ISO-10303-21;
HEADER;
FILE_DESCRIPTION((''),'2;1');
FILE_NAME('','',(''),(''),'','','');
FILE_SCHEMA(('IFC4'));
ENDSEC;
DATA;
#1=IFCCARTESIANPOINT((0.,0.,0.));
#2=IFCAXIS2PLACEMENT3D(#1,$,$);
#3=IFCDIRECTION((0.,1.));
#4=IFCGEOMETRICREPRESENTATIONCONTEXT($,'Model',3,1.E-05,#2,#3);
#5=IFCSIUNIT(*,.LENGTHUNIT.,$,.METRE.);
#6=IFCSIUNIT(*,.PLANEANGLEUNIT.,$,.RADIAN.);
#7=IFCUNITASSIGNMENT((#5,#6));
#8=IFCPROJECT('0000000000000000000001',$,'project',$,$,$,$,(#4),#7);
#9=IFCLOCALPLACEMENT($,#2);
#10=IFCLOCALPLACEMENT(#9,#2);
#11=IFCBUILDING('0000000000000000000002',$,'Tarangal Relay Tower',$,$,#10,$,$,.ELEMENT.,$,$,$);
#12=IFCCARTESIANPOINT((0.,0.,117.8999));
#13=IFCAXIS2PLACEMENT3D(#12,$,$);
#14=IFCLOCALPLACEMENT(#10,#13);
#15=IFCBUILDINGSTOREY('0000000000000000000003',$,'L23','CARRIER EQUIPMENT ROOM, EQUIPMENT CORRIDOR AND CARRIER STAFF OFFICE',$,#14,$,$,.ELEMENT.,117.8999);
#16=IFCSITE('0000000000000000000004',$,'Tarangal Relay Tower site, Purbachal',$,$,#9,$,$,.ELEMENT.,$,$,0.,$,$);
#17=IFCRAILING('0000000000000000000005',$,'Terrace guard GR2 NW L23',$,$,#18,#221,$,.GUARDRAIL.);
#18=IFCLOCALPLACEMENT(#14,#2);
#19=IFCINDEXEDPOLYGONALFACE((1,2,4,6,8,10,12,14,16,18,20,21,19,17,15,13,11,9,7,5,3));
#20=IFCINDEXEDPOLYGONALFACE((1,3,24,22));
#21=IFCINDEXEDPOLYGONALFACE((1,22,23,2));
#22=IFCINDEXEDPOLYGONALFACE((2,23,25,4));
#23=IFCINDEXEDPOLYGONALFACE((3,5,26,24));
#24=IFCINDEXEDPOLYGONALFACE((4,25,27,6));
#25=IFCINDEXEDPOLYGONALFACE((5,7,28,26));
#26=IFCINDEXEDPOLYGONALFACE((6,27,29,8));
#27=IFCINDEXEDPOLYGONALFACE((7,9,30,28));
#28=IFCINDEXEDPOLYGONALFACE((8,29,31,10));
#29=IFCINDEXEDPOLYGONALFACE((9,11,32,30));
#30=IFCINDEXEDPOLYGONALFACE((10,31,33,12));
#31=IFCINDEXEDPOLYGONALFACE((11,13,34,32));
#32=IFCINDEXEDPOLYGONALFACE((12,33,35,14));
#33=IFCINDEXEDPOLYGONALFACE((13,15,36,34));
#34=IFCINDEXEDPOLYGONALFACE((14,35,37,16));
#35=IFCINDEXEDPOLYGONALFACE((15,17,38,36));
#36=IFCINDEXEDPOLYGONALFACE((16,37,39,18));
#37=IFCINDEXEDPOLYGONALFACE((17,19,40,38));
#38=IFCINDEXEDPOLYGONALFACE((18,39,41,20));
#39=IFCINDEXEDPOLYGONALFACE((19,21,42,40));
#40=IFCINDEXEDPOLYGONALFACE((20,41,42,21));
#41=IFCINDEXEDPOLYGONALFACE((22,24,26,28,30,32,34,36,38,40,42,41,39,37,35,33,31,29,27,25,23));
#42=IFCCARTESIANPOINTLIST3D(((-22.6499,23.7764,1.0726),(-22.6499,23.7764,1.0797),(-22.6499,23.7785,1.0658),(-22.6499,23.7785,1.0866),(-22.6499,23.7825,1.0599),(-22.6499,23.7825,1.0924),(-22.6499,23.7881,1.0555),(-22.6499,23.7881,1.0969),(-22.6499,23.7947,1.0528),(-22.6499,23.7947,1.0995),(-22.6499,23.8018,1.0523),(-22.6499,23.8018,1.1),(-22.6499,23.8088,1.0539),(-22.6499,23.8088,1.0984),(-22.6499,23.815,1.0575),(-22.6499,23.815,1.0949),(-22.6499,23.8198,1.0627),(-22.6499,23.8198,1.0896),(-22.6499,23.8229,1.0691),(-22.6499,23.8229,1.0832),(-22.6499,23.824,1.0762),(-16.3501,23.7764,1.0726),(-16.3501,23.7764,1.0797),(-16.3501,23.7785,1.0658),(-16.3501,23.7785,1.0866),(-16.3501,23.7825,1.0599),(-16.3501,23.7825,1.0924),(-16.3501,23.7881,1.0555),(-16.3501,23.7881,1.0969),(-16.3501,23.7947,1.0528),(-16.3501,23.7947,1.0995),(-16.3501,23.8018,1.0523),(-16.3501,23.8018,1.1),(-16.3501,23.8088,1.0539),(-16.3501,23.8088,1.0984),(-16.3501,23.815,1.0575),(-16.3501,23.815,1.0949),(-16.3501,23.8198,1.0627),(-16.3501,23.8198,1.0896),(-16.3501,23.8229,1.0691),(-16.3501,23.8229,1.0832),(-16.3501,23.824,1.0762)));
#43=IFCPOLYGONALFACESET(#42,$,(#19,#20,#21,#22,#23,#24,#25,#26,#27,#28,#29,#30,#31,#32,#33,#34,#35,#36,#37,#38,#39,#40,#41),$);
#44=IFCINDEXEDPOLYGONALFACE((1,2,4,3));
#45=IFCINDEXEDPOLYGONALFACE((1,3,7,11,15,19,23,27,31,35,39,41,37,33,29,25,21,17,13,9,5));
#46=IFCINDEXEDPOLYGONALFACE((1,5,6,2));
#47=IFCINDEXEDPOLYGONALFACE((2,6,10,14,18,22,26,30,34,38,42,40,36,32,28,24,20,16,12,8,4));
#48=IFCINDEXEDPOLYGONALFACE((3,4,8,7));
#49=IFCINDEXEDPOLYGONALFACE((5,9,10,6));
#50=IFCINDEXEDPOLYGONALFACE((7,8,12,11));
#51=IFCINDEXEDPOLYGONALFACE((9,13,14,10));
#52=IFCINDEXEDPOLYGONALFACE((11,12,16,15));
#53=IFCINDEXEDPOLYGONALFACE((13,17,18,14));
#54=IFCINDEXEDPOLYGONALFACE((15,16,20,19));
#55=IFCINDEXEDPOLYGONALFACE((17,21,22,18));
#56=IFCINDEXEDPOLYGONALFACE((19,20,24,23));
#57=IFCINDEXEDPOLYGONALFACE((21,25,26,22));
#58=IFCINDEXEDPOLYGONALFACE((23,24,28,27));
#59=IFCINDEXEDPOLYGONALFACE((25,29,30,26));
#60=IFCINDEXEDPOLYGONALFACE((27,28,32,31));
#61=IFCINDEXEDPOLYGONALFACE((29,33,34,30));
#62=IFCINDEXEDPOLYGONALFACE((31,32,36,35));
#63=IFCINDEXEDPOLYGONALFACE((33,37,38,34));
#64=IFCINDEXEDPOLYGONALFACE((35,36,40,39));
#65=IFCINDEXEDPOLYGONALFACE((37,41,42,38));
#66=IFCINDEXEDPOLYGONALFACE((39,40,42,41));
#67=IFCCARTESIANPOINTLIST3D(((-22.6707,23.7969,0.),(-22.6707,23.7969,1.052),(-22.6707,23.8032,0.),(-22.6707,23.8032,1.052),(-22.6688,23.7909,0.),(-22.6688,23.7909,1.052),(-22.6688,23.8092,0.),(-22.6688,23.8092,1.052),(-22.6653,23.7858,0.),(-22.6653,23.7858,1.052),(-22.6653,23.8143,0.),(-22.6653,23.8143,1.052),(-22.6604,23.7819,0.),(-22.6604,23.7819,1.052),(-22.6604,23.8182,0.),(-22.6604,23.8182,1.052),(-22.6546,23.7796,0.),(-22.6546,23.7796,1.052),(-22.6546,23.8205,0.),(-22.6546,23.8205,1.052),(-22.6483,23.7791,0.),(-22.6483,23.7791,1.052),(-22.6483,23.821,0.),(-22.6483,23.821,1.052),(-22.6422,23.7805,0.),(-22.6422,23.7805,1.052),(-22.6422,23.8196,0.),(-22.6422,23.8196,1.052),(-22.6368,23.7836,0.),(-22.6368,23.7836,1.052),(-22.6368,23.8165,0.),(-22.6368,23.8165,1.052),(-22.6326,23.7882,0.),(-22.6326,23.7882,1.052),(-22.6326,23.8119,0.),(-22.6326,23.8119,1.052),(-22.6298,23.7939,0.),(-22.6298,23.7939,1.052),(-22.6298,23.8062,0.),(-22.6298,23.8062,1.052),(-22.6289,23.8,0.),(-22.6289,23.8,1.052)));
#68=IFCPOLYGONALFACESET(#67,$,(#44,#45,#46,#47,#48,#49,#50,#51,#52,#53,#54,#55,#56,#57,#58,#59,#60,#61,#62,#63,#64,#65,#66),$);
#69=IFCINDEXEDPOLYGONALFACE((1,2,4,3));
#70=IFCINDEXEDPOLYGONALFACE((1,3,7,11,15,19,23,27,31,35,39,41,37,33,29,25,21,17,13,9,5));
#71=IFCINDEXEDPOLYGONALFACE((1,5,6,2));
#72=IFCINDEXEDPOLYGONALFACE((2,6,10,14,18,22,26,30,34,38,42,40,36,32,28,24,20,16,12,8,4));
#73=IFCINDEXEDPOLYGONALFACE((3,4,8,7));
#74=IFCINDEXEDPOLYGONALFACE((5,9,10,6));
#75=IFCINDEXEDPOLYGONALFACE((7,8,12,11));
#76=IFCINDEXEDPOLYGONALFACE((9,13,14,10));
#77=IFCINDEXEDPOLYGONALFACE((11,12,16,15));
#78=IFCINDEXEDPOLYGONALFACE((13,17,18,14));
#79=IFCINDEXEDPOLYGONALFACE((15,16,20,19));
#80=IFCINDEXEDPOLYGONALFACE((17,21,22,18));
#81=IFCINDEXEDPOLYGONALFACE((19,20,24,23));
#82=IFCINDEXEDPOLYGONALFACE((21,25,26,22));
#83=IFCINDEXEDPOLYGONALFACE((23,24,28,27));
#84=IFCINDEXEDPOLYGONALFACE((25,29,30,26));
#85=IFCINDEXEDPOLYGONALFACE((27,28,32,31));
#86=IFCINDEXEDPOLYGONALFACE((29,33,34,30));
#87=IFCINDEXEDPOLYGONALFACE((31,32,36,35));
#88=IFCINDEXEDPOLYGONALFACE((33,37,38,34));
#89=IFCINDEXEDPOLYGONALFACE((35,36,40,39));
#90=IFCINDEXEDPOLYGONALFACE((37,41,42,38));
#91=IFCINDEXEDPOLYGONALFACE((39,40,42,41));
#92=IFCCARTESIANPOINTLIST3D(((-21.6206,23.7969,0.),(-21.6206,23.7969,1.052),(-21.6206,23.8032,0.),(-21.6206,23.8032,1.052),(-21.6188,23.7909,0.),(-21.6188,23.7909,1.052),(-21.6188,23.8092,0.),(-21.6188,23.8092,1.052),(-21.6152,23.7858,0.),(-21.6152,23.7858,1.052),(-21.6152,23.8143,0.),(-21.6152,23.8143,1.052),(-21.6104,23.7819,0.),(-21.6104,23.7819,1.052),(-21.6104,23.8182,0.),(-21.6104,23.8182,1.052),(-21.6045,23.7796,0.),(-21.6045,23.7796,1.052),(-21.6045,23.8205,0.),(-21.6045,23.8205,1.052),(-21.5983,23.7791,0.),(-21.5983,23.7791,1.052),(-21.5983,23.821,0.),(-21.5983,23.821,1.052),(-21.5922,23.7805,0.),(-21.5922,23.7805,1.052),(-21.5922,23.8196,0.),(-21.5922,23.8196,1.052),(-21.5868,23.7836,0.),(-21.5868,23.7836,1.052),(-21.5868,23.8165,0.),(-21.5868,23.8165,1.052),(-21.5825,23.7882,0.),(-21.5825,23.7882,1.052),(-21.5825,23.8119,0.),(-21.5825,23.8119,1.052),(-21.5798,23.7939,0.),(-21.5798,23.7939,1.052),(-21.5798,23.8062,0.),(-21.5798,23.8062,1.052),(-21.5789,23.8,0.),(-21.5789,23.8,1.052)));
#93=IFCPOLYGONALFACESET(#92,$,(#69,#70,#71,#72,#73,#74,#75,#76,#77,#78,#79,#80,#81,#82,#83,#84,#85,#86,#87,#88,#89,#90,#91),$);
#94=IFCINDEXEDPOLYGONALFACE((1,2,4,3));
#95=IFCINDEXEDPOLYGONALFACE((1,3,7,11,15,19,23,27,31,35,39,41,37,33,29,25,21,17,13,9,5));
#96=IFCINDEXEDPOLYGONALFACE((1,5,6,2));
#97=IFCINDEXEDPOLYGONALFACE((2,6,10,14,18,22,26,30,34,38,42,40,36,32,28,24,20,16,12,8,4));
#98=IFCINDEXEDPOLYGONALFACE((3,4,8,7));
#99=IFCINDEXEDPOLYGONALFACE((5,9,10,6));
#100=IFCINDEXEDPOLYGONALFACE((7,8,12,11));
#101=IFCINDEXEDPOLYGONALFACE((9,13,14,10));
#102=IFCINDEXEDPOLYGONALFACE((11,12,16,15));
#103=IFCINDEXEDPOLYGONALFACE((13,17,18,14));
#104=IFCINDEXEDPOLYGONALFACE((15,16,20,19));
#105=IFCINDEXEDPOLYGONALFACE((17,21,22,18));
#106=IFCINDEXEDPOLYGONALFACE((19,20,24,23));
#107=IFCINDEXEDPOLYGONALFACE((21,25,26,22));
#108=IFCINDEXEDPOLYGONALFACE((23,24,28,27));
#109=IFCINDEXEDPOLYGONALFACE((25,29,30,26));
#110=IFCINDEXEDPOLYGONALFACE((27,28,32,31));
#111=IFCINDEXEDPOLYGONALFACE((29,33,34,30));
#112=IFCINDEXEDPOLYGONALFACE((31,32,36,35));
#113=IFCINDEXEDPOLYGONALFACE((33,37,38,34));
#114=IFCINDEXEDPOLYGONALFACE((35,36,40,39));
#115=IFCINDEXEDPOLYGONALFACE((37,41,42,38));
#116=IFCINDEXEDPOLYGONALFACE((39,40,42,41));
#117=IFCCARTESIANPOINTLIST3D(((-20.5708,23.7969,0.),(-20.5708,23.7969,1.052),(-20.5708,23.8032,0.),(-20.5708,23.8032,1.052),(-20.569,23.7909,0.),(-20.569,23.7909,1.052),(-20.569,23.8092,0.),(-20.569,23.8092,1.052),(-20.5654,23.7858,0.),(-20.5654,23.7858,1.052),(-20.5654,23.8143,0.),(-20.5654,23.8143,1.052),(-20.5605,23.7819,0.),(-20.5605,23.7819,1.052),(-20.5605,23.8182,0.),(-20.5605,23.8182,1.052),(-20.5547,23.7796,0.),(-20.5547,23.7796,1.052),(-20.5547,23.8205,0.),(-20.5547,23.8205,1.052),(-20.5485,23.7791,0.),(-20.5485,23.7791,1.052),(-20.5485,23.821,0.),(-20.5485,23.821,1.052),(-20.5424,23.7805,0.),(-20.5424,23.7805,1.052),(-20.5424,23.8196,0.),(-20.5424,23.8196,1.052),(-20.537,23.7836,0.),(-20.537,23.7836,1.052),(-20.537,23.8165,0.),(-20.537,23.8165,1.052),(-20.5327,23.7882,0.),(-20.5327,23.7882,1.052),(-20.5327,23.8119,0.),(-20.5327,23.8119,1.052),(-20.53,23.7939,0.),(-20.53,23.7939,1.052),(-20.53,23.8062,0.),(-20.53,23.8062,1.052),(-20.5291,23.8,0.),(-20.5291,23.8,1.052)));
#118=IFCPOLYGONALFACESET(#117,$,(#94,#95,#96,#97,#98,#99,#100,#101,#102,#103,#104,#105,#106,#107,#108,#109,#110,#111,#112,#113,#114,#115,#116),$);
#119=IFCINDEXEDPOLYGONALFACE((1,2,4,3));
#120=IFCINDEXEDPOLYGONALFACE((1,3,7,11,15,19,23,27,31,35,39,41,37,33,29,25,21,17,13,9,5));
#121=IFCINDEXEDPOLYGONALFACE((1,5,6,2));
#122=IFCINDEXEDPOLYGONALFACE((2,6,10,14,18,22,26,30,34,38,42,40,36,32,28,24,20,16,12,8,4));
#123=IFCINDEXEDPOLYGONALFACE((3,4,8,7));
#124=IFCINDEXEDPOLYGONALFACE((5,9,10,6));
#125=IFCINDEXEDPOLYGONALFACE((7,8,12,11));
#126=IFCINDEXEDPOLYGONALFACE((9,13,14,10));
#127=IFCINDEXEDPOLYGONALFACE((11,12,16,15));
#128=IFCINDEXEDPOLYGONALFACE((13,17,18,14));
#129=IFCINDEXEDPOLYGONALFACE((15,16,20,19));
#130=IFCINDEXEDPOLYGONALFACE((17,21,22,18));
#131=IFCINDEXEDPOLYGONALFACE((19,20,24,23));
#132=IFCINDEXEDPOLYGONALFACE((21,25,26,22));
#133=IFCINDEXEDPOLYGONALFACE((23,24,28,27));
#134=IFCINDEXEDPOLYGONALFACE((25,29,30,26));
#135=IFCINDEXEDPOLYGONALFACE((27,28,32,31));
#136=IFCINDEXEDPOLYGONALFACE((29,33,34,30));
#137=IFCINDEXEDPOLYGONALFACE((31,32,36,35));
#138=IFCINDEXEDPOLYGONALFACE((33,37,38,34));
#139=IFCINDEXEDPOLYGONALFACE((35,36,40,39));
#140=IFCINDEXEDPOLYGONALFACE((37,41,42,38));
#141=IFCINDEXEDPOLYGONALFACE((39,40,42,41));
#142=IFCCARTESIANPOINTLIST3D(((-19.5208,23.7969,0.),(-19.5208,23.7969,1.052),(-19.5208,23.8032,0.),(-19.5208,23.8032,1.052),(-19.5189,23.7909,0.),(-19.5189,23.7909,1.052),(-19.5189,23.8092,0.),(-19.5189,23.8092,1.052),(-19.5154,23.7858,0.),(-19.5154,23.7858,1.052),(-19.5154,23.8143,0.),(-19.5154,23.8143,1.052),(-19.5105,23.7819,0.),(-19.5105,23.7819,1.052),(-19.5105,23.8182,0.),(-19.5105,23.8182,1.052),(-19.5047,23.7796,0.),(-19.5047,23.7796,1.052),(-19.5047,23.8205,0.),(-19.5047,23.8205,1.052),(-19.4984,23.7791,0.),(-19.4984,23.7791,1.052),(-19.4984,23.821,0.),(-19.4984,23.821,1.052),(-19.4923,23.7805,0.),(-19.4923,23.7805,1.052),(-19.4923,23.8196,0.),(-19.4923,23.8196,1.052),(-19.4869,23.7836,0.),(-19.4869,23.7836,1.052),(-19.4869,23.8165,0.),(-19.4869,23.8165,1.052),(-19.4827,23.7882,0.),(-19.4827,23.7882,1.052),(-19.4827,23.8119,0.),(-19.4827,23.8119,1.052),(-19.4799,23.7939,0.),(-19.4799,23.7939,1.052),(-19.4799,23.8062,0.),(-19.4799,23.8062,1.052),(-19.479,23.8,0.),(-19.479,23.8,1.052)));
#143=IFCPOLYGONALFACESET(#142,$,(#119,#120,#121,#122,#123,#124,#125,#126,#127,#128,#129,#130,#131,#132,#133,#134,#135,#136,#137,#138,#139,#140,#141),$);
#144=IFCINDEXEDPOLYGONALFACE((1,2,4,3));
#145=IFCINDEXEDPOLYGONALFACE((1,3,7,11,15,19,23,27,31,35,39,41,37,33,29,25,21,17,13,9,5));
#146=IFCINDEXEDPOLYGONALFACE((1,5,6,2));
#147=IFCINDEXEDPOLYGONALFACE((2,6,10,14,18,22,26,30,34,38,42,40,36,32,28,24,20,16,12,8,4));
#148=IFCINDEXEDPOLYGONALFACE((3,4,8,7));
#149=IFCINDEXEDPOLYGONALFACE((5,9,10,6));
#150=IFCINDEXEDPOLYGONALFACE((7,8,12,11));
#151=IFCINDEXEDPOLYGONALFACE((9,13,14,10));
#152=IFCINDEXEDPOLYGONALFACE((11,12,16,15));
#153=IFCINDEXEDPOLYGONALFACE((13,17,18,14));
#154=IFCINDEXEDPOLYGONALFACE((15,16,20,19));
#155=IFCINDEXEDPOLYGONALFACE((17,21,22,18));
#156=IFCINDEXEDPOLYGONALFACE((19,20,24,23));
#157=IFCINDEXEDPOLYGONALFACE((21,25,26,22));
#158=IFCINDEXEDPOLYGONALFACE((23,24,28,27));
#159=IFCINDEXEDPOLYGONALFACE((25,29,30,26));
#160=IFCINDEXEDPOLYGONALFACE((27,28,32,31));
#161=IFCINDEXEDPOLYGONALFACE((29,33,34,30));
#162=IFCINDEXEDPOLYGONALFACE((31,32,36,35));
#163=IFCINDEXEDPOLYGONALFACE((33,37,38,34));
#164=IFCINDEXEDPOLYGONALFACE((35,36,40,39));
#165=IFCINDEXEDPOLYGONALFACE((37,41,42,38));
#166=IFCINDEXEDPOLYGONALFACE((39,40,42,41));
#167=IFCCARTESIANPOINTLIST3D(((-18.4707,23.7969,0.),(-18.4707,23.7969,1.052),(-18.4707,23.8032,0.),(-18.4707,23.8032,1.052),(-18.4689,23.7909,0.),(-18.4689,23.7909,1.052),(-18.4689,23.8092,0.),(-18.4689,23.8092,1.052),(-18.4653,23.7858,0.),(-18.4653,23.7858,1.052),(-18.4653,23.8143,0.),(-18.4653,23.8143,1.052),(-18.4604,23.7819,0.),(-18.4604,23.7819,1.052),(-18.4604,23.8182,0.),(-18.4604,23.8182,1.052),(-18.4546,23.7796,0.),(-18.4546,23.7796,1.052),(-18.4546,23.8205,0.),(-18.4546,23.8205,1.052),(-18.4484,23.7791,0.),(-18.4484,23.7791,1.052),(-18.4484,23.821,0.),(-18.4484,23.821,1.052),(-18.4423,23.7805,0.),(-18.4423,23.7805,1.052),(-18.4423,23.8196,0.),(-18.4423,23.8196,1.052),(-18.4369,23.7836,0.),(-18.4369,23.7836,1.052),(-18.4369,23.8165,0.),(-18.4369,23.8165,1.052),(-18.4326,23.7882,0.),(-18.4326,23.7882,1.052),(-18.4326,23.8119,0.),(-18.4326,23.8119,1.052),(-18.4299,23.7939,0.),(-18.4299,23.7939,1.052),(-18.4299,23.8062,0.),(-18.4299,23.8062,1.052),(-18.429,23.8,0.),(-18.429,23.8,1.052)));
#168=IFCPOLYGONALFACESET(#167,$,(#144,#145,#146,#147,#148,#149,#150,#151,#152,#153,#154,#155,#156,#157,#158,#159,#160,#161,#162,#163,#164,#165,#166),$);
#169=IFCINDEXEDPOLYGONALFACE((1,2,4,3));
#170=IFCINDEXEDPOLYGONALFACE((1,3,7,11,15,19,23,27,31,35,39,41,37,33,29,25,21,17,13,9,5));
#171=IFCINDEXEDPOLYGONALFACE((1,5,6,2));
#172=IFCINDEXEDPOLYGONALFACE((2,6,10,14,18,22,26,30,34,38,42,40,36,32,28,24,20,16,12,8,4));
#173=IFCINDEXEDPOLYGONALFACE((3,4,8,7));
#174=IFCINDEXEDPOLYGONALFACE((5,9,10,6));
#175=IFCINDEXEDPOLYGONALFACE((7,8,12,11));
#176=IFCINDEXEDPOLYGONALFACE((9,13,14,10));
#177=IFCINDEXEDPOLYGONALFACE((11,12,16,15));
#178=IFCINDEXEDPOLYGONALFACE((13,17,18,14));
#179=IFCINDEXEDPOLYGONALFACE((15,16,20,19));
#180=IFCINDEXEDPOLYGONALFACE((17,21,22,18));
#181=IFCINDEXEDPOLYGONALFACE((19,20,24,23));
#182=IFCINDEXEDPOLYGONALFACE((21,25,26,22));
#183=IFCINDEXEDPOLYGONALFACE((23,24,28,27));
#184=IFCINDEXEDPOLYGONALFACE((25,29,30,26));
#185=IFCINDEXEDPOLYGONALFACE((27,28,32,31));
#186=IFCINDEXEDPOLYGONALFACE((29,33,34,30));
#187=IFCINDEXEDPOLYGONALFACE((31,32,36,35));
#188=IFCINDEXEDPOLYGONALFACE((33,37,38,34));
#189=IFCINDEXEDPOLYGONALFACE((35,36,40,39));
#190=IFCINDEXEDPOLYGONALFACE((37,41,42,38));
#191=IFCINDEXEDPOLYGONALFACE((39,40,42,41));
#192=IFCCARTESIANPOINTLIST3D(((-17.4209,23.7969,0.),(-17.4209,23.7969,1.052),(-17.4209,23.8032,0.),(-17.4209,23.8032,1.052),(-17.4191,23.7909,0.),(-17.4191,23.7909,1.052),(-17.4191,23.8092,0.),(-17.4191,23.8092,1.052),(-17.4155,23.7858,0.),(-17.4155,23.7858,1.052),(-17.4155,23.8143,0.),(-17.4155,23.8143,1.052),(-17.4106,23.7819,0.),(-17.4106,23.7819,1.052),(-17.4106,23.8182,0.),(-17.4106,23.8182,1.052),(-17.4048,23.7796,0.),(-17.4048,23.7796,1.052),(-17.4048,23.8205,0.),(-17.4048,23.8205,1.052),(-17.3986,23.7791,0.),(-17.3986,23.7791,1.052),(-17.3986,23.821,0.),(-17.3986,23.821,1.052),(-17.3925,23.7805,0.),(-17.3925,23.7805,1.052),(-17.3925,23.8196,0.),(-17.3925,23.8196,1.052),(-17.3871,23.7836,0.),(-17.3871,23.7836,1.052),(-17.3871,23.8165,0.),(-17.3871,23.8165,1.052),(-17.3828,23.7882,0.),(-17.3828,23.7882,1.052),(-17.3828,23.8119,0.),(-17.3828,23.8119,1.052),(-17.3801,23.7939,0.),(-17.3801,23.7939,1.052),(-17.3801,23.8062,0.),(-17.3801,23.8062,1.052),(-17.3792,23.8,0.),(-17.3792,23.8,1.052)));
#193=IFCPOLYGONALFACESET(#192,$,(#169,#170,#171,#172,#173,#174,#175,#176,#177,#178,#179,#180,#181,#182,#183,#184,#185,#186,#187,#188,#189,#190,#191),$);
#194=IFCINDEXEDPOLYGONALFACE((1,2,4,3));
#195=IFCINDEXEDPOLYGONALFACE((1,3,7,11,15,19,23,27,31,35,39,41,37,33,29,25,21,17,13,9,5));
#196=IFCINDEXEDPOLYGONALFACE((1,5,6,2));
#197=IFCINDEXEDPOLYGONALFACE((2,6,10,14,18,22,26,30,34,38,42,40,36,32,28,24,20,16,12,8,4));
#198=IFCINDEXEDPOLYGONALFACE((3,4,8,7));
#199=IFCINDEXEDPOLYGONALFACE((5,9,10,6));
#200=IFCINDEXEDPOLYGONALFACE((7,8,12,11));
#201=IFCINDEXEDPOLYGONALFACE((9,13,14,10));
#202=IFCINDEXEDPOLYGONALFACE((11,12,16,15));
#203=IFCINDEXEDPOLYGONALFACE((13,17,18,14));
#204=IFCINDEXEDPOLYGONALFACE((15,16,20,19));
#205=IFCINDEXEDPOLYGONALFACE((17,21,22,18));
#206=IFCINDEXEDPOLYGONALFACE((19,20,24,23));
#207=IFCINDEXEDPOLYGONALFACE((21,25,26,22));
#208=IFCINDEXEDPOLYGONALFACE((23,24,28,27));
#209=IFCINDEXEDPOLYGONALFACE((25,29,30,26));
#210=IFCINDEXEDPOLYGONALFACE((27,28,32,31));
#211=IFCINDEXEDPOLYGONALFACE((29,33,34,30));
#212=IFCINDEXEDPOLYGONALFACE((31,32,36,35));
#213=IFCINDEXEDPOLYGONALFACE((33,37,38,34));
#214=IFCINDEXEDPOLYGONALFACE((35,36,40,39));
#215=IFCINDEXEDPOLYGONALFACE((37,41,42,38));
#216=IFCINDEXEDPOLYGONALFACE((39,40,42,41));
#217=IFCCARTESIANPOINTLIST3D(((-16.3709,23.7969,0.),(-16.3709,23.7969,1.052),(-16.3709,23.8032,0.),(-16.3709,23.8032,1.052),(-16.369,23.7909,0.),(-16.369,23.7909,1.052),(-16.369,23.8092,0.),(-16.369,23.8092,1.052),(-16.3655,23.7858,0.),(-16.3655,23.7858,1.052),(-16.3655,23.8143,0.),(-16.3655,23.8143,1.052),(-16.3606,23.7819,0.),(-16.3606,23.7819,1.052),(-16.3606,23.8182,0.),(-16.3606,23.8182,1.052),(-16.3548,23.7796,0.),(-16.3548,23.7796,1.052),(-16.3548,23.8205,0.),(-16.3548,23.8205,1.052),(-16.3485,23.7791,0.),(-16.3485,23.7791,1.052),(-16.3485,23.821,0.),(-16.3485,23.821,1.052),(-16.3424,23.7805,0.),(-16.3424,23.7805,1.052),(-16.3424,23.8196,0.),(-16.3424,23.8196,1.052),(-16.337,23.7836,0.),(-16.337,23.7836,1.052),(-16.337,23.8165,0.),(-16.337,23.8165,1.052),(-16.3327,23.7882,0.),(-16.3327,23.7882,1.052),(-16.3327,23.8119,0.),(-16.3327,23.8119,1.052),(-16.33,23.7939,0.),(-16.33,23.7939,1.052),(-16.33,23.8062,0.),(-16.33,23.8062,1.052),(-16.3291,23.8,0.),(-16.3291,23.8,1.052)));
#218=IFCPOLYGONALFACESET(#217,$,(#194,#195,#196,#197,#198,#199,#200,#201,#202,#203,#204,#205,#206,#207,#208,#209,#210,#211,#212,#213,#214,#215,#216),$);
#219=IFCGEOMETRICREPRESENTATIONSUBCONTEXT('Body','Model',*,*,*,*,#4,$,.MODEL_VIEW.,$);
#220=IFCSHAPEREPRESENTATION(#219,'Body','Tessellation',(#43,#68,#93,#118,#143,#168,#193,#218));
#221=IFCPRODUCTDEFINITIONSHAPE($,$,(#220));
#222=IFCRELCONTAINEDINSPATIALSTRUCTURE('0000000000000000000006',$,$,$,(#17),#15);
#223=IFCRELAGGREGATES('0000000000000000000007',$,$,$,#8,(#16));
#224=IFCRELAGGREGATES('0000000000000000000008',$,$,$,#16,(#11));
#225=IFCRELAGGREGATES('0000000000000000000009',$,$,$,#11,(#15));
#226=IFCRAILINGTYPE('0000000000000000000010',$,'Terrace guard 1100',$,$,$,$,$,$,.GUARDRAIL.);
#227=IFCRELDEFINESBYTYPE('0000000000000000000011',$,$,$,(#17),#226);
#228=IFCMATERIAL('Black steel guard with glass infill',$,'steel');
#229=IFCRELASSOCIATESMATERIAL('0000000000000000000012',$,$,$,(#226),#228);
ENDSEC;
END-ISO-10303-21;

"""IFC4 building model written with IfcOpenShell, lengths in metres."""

from ifc_helpers import new_model, si_unit, direction, frame, origin, origin_2d, place, context, subcontext, project, spatial, circle, extrude, material, type_object, element, save


model = new_model("IFC4")

# Units and contexts
model_context = context("Model", 3, precision=1e-05, world=origin(), true_north=direction((0.0, 1.0)))
body_context = subcontext(model_context, "Body", "Model", "MODEL_VIEW")
ifc_project = project(units=[si_unit("LENGTHUNIT", "METRE"), si_unit("PLANEANGLEUNIT", "RADIAN")], contexts=[model_context])

# Site, building, storey
site_placement = place(None, origin())
site = spatial("IfcSite", under=ifc_project, at=site_placement, Name="Tarangal Relay Tower site, Purbachal", CompositionType="ELEMENT", RefElevation=0.0)
building_placement = place(site_placement, origin())
building = spatial("IfcBuilding", under=site, at=building_placement, Name="Tarangal Relay Tower", CompositionType="ELEMENT")
storey_placement = place(building_placement, frame((0.0, 0.0, 117.8999)))
storey = spatial("IfcBuildingStorey", under=building, at=storey_placement, Name="L23", Description="CARRIER EQUIPMENT ROOM, EQUIPMENT CORRIDOR AND CARRIER STAFF OFFICE", CompositionType="ELEMENT", Elevation=117.8999)

# Railing
ifc_material_1 = material(Name="Black steel guard with glass infill", Category="steel")
railing_type = type_object("IfcRailingType", Name="Terrace guard 1100", PredefinedType="GUARDRAIL", material=ifc_material_1)
railing_1_placement = place(storey_placement, frame((-22.6499, 23.8, 0.0)))
element("IfcRailing", 1, at=railing_1_placement, inside=storey, type_object=railing_type, Name="Terrace guard GR2 NW L23", PredefinedType="GUARDRAIL", context=body_context, shape_type="SweptSolid", body=[
    extrude(circle(Radius=0.0239, at=origin_2d()), frame((0.0, 0.0, 1.0762), z_axis=(1.0, 0.0, 0.0), x_axis=(0.0, 1.0, 0.0)), (0.0, 0.0, 1.0), 6.2998),
    extrude(circle(Radius=0.021, at=origin_2d()), origin(), (0.0, 0.0, 1.0), 1.052),
    extrude(circle(Radius=0.021, at=origin_2d()), frame((1.05, 0.0, 0.0)), (0.0, 0.0, 1.0), 1.052),
    extrude(circle(Radius=0.021, at=origin_2d()), frame((2.0999, 0.0, 0.0)), (0.0, 0.0, 1.0), 1.052),
    extrude(circle(Radius=0.021, at=origin_2d()), frame((3.1499, 0.0, 0.0)), (0.0, 0.0, 1.0), 1.052),
    extrude(circle(Radius=0.021, at=origin_2d()), frame((4.2, 0.0, 0.0)), (0.0, 0.0, 1.0), 1.052),
    extrude(circle(Radius=0.021, at=origin_2d()), frame((5.2498, 0.0, 0.0)), (0.0, 0.0, 1.0), 1.052),
    extrude(circle(Radius=0.021, at=origin_2d()), frame((6.2998, 0.0, 0.0)), (0.0, 0.0, 1.0), 1.052),
])

save(model, "model.ifc")
